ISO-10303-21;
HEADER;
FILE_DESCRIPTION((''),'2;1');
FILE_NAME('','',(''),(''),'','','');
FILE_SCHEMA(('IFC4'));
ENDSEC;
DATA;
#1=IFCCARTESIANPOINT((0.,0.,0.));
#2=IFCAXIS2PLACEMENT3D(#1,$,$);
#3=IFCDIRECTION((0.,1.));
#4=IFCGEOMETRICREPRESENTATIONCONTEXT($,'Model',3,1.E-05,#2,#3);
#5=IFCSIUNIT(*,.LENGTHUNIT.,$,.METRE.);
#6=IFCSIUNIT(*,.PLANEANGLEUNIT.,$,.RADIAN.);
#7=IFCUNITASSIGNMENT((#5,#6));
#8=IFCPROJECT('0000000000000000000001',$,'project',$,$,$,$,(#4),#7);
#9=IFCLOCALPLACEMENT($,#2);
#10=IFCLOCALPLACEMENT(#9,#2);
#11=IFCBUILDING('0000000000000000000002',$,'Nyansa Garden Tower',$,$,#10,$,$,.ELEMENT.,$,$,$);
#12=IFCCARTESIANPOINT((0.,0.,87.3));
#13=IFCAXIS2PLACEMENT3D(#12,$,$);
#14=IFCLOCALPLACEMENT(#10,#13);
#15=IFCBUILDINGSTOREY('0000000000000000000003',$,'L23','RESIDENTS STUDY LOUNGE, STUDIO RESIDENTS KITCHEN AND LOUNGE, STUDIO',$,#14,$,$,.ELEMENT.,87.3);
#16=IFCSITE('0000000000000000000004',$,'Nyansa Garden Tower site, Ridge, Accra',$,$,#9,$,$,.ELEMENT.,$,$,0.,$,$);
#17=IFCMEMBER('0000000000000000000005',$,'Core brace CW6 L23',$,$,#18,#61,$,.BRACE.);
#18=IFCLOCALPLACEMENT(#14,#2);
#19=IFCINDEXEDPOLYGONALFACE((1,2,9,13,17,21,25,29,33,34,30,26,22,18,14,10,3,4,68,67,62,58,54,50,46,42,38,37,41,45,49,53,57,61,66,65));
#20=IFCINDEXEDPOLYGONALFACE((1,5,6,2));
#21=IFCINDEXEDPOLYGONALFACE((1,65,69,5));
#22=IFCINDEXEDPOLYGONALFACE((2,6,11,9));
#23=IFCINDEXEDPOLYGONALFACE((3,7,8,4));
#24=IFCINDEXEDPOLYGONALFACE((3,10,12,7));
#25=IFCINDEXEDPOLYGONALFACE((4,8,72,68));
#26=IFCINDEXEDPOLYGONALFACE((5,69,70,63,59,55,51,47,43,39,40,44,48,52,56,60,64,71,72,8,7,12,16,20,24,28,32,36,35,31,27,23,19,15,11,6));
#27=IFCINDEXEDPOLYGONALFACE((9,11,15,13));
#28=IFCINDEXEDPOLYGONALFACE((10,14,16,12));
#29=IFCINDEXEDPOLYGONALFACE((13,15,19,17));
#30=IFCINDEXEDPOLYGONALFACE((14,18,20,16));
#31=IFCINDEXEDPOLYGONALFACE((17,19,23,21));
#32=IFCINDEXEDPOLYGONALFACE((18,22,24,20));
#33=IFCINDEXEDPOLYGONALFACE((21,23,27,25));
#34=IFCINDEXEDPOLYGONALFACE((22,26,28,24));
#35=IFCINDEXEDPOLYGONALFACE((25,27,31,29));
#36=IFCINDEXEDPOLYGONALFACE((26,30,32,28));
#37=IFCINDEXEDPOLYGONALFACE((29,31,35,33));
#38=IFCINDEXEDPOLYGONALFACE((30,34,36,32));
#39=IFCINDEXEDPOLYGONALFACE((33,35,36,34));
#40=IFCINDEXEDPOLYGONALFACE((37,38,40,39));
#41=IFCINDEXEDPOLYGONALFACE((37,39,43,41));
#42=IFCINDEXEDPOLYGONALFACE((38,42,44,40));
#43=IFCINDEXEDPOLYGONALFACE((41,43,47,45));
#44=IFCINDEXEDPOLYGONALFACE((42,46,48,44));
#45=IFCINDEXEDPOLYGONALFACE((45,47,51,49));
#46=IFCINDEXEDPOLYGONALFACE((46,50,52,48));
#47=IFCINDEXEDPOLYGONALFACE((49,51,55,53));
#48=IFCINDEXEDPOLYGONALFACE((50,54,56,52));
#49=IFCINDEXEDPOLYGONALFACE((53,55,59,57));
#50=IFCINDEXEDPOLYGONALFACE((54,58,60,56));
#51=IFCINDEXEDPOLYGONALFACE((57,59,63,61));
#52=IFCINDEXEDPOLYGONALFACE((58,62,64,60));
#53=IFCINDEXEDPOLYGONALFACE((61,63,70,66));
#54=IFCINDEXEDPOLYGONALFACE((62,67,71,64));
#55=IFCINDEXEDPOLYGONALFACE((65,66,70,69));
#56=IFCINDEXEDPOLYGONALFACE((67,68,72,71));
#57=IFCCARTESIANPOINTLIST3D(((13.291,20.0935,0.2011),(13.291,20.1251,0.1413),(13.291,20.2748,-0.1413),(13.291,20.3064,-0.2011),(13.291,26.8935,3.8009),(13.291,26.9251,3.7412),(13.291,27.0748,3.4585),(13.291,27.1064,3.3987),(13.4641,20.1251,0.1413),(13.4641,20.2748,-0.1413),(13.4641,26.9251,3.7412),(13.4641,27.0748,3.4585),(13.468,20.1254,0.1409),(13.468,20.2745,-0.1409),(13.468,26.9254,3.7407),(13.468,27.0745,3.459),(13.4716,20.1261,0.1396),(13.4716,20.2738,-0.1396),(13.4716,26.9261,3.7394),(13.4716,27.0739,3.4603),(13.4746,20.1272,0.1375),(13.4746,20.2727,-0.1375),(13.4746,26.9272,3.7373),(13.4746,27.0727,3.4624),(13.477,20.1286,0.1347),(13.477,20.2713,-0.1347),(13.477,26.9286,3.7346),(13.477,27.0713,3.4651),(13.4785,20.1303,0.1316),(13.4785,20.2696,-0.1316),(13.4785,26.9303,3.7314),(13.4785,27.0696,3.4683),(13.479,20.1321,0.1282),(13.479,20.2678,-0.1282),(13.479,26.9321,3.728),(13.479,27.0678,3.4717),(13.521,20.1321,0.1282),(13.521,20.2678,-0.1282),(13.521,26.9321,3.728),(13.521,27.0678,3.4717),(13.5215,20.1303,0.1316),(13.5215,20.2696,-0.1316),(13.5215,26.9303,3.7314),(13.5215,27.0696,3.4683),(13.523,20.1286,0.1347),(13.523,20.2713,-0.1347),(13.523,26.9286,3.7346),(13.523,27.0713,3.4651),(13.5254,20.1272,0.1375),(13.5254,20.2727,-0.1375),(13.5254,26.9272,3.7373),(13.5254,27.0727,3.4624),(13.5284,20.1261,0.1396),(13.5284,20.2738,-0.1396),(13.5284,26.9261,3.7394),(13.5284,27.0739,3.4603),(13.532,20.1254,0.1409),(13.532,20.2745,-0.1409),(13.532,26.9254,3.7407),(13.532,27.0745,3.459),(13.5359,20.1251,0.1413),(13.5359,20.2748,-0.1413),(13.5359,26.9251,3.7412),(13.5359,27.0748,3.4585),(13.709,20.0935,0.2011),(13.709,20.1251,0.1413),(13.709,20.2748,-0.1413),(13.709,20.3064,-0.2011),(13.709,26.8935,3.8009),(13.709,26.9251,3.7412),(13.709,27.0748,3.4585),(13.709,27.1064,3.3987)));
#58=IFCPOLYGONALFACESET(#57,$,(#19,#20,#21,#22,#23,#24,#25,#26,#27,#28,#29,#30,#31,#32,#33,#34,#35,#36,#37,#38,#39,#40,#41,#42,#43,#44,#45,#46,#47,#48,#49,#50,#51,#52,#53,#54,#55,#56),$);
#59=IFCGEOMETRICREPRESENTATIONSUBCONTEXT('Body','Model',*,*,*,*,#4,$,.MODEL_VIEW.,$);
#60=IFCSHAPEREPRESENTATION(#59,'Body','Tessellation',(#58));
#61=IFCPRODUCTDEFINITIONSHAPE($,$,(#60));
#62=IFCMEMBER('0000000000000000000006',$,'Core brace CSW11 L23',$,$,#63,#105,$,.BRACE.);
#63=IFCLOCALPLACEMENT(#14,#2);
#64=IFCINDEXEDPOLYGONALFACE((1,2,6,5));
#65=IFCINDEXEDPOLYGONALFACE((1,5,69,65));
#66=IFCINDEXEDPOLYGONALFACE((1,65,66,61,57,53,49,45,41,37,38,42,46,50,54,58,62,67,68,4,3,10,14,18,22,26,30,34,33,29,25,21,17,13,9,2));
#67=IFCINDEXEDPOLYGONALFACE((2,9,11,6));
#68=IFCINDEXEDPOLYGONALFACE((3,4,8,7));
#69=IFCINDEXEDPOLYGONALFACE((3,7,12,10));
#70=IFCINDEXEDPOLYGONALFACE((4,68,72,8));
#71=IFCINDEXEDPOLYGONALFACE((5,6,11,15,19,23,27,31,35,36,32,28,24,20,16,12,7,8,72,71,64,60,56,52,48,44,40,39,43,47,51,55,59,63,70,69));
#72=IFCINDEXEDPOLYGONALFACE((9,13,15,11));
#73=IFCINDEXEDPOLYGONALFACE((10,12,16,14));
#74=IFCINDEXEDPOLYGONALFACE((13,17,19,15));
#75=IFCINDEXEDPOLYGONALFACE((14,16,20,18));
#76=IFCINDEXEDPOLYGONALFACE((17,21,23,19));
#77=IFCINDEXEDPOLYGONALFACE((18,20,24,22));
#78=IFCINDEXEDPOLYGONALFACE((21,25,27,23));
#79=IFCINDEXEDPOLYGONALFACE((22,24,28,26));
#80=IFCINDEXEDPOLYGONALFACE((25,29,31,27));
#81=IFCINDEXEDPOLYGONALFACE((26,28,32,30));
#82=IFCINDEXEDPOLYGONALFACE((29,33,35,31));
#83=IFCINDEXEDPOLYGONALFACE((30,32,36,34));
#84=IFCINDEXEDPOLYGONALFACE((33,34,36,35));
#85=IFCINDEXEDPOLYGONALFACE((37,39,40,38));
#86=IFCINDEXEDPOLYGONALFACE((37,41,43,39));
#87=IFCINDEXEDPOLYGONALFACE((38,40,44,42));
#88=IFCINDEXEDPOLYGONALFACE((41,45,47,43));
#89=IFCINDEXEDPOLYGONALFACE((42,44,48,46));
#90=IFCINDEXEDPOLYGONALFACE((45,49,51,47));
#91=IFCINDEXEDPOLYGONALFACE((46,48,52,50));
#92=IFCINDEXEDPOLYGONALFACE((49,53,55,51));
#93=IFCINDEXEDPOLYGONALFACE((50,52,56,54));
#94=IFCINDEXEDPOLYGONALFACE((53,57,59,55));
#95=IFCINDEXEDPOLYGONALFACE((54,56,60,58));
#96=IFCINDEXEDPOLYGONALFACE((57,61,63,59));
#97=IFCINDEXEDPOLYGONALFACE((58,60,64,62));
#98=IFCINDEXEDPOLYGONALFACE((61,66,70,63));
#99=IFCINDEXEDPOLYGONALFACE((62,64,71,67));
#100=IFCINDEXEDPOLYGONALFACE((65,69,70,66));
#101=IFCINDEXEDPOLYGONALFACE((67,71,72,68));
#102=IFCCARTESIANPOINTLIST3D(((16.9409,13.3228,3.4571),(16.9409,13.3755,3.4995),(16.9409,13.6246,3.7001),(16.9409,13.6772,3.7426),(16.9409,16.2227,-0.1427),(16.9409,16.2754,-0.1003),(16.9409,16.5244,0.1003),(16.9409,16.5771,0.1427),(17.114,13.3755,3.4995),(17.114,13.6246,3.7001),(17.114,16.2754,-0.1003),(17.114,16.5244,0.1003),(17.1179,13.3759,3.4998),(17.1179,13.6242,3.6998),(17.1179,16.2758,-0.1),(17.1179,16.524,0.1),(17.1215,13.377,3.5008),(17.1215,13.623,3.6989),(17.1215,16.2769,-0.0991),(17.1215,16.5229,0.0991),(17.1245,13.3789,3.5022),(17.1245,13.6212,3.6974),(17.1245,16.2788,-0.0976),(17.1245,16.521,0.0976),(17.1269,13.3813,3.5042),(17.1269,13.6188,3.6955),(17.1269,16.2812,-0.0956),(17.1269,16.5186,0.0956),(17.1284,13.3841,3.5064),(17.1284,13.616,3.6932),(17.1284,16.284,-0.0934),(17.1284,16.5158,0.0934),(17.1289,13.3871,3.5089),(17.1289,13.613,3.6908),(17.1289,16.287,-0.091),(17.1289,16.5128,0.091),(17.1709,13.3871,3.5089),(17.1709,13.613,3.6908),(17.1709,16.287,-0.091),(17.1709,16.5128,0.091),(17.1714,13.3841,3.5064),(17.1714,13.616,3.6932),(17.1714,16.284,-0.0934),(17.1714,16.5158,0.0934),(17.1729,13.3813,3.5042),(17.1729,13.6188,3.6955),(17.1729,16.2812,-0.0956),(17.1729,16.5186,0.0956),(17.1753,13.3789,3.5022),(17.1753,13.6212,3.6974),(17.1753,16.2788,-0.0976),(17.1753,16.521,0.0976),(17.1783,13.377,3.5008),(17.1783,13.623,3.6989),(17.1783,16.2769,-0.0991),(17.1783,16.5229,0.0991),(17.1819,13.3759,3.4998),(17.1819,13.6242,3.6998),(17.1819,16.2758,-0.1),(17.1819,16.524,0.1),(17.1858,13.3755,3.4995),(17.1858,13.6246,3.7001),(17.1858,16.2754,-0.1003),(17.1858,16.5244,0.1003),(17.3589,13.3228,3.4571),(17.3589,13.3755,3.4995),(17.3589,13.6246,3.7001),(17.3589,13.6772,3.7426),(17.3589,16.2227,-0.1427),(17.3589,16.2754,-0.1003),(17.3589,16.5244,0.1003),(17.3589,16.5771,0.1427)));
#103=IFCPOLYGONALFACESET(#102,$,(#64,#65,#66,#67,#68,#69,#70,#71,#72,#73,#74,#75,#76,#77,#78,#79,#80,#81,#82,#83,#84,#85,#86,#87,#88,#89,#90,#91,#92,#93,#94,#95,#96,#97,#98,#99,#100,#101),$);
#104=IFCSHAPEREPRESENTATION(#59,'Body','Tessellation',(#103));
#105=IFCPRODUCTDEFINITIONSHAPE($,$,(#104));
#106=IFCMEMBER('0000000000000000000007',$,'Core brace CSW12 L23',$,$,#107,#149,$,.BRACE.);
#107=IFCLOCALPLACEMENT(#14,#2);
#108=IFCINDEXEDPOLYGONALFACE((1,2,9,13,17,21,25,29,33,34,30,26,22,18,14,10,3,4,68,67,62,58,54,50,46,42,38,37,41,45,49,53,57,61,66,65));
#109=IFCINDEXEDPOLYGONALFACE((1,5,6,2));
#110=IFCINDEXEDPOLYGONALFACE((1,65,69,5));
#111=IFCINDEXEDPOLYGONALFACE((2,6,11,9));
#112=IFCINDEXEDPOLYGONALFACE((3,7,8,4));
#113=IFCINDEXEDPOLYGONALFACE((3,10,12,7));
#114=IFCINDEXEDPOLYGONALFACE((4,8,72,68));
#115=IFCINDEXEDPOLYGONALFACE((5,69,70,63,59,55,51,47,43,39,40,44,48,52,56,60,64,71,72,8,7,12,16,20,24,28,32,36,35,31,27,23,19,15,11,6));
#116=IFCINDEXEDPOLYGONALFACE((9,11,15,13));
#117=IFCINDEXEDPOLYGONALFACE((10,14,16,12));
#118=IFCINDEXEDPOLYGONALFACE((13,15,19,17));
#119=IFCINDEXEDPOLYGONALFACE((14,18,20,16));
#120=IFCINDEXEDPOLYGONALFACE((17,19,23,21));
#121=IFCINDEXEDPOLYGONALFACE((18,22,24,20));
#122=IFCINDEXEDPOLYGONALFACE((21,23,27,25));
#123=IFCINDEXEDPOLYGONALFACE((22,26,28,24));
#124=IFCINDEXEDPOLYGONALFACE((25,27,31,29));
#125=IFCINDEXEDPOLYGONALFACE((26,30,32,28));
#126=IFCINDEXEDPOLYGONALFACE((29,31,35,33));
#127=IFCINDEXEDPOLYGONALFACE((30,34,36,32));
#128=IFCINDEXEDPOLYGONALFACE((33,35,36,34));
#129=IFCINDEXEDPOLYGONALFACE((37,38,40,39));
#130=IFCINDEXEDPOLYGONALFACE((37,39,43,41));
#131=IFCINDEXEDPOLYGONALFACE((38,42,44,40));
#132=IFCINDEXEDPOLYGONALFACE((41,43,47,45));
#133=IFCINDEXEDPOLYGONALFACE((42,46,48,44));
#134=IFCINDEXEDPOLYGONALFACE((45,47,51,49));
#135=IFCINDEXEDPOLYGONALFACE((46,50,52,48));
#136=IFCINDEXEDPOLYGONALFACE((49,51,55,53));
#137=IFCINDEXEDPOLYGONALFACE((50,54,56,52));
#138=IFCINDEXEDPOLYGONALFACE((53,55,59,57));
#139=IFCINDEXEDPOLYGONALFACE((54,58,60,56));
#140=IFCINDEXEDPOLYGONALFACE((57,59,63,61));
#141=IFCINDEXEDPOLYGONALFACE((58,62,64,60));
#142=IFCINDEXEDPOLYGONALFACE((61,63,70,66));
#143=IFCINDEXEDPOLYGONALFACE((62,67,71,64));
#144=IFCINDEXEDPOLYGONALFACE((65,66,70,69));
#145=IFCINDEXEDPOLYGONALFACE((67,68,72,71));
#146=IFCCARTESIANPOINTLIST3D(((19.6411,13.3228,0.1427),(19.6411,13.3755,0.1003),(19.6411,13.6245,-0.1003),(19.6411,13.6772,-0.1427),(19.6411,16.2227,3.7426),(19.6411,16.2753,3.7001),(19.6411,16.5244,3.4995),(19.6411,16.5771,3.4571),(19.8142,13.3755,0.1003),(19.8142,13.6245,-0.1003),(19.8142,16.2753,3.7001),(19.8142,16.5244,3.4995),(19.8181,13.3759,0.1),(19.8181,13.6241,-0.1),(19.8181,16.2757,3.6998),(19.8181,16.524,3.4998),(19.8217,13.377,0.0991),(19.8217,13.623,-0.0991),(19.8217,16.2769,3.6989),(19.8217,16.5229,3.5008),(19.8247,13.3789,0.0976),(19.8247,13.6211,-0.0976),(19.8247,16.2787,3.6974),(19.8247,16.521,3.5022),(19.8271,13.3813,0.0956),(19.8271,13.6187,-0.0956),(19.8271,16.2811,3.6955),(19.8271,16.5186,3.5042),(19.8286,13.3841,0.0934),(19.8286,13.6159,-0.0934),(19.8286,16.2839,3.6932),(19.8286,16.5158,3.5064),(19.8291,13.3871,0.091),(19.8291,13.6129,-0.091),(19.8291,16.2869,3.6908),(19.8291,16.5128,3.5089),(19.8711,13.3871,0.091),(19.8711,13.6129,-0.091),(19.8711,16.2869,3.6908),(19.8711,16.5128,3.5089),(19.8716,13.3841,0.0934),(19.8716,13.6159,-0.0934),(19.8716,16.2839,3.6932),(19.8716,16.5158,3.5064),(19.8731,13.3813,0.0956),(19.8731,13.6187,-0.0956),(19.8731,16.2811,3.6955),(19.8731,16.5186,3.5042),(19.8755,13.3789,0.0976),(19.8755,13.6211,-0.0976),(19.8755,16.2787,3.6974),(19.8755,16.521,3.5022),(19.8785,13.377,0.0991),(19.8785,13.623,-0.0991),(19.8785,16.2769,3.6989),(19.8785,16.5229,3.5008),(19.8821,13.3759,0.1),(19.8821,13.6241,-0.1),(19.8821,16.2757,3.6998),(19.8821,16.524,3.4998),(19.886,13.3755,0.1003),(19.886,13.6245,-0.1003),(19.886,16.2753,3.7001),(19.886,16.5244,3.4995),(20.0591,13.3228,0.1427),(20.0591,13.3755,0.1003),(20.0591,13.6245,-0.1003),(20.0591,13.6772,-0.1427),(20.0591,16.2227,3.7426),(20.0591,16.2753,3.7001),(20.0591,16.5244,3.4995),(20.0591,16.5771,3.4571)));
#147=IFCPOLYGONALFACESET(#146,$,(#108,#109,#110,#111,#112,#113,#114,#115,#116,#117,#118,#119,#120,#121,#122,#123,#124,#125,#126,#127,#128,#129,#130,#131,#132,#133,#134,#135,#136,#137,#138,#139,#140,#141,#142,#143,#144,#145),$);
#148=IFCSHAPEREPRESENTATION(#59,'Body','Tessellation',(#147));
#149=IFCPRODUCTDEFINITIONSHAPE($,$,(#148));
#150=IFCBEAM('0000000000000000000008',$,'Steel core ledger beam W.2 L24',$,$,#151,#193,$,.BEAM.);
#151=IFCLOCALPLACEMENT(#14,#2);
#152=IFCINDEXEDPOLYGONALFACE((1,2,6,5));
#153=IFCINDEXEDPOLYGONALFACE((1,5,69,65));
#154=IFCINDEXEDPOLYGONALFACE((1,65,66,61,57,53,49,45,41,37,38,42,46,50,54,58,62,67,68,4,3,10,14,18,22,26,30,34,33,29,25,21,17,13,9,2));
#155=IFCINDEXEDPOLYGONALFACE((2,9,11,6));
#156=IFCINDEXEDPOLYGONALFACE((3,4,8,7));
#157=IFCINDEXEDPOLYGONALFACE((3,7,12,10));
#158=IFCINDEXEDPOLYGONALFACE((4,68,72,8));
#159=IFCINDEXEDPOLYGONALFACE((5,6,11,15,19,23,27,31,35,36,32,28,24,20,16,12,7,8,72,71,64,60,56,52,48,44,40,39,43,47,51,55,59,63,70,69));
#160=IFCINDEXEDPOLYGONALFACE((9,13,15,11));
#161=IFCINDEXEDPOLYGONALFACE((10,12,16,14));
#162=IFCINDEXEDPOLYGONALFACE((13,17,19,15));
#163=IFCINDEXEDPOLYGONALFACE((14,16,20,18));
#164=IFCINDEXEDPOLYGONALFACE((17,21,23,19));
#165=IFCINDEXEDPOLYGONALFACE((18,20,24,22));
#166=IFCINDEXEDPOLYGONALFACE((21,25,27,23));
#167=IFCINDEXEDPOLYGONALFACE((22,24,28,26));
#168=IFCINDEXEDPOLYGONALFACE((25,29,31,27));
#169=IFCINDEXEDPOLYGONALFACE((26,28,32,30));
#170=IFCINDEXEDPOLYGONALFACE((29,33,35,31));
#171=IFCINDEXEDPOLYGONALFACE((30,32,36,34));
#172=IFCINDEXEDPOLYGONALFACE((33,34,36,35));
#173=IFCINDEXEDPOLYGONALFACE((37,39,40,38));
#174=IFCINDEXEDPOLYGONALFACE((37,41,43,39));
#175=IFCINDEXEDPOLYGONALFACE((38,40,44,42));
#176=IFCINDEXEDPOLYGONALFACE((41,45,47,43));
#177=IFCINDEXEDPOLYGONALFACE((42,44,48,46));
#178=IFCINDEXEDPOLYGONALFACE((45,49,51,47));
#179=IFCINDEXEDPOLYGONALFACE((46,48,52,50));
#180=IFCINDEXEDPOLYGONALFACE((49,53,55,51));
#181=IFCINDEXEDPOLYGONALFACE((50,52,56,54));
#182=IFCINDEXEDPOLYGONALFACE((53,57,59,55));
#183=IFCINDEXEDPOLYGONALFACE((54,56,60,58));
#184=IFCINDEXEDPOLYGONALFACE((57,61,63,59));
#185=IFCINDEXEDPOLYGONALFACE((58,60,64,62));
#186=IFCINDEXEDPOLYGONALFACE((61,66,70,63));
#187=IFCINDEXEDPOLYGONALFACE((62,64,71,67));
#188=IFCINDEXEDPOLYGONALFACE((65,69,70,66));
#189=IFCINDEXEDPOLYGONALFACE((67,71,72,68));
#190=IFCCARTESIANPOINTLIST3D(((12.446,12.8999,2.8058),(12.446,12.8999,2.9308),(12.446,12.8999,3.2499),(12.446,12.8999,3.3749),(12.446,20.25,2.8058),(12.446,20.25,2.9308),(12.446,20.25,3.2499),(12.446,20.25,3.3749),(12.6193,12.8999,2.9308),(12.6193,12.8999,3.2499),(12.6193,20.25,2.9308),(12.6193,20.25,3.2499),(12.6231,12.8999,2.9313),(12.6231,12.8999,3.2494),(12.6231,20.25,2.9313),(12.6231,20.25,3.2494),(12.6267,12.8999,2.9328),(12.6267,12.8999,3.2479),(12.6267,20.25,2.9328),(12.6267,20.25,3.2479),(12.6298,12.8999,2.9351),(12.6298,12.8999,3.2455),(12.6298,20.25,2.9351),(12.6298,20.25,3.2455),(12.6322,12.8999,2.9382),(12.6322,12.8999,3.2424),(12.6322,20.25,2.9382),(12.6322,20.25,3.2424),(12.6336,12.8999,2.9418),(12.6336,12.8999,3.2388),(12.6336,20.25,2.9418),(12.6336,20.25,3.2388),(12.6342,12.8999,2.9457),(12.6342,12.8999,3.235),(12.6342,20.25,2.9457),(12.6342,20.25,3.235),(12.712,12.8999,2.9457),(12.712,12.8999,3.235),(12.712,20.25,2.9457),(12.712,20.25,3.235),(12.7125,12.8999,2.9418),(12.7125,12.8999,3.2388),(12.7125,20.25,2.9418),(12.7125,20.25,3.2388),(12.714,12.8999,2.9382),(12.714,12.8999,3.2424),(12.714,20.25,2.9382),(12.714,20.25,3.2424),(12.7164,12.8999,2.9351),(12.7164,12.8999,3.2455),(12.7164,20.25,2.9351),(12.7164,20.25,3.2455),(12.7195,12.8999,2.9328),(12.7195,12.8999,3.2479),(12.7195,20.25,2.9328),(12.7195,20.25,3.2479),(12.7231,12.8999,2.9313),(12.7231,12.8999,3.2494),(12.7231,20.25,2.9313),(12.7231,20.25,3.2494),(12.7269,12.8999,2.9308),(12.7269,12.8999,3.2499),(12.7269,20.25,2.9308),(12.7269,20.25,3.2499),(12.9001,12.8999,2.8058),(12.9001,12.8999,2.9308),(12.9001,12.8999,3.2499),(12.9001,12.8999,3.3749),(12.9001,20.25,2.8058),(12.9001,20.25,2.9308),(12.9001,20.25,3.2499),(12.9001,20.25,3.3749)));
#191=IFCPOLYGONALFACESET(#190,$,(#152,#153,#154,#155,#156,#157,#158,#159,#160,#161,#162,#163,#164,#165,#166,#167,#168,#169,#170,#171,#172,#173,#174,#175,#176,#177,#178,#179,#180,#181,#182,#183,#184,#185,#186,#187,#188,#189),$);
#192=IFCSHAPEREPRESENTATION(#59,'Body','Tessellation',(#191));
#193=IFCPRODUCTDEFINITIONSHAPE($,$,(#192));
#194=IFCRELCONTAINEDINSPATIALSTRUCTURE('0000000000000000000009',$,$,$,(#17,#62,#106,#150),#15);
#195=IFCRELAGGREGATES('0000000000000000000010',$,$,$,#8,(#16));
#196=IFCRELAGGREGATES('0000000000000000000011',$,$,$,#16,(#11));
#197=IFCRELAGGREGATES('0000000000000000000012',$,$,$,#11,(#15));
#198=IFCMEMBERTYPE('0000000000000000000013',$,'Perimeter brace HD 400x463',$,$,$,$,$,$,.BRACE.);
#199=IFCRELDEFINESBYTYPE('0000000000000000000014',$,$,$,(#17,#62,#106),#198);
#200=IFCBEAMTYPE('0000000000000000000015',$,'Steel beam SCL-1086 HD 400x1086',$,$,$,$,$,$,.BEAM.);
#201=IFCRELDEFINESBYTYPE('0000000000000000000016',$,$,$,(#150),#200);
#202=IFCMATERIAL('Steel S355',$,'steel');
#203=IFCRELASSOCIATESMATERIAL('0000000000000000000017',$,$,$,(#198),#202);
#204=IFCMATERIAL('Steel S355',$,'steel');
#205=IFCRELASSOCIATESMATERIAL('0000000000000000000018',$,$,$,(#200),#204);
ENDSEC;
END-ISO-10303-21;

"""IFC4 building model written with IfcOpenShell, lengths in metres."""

from ifc_helpers import new_model, si_unit, direction, frame, origin, origin_2d, place, context, subcontext, project, spatial, i_section, extrude, material, material_profile, profile_set, type_object, element, save


model = new_model("IFC4")

# Units and contexts
model_context = context("Model", 3, precision=1e-05, world=origin(), true_north=direction((0.0, 1.0)))
body_context = subcontext(model_context, "Body", "Model", "MODEL_VIEW")
ifc_project = project(units=[si_unit("LENGTHUNIT", "METRE"), si_unit("PLANEANGLEUNIT", "RADIAN")], contexts=[model_context])

# Site, building, storey
site_placement = place(None, origin())
site = spatial("IfcSite", under=ifc_project, at=site_placement, Name="Nyansa Garden Tower site, Ridge, Accra", CompositionType="ELEMENT", RefElevation=0.0)
building_placement = place(site_placement, origin())
building = spatial("IfcBuilding", under=site, at=building_placement, Name="Nyansa Garden Tower", CompositionType="ELEMENT")
storey_placement = place(building_placement, frame((0.0, 0.0, 87.3)))
storey = spatial("IfcBuildingStorey", under=building, at=storey_placement, Name="L23", Description="RESIDENTS STUDY LOUNGE, STUDIO RESIDENTS KITCHEN AND LOUNGE, STUDIO", CompositionType="ELEMENT", Elevation=87.3)

# Members
ifc_material_1 = material(Name="Steel S355", Category="steel")
ifc_material_profile_1 = material_profile(ifc_material_1, i_section(OverallWidth=0.418, OverallDepth=0.4551, WebThickness=0.042, FlangeThickness=0.0676, FilletRadius=0.0149, at=origin_2d()), Name="HD 400x463")
ifc_profile_set_1 = profile_set([ifc_material_profile_1], Name="Steel S355")
member_type = type_object("IfcMemberType", Name="Perimeter brace HD 400x463", PredefinedType="BRACE", material=ifc_profile_set_1)
member_1_placement = place(storey_placement, frame((13.5, 20.2, 0.0), z_axis=(0.0, 0.883797, 0.46787), x_axis=(-1.0, 0.0, 0.0)))
element("IfcMember", 1, at=member_1_placement, inside=storey, type_object=member_type, Name="Core brace CW6 L23", PredefinedType="BRACE", context=body_context, shape_type="SweptSolid", body=[
    extrude(i_section(OverallWidth=0.418, OverallDepth=0.4551, WebThickness=0.042, FlangeThickness=0.0676, FilletRadius=0.0149, at=origin_2d()), origin(), (0.0, 0.0, 1.0), 7.6941),
])
for number, where, z_axis, x_axis, name in (
    (2, (17.1499, 16.3999, 0.0), (0.0, -0.627332, 0.778752), (1.0, 0.0, 0.0), "Core brace CSW11 L23"),
    (3, (19.8501, 13.5, 0.0), (0.0, 0.627332, 0.778752), (-1.0, 0.0, 0.0), "Core brace CSW12 L23"),
):
    element("IfcMember", number, at=place(storey_placement, frame(where, z_axis=z_axis, x_axis=x_axis)), inside=storey, type_object=member_type, Name=name, PredefinedType="BRACE", context=body_context, shape_type="SweptSolid", body=[
        extrude(i_section(OverallWidth=0.418, OverallDepth=0.4551, WebThickness=0.042, FlangeThickness=0.0676, FilletRadius=0.0149, at=origin_2d()), origin(), (0.0, 0.0, 1.0), 4.6226),
    ])

# Beam
ifc_material_2 = material(Name="Steel S355", Category="steel")
ifc_material_profile_2 = material_profile(ifc_material_2, i_section(OverallWidth=0.4541, OverallDepth=0.5691, WebThickness=0.0779, FlangeThickness=0.125, FilletRadius=0.0149, at=origin_2d()), Name="HD 400x1086")
ifc_profile_set_2 = profile_set([ifc_material_profile_2], Name="Steel S355")
beam_type = type_object("IfcBeamType", Name="Steel beam SCL-1086 HD 400x1086", PredefinedType="BEAM", material=ifc_profile_set_2)
beam_placement = place(storey_placement, frame((12.6731, 20.25, 3.0903), z_axis=(0.0, -1.0, 0.0), x_axis=(1.0, 0.0, 0.0)))
element("IfcBeam", 4, at=beam_placement, inside=storey, type_object=beam_type, Name="Steel core ledger beam W.2 L24", PredefinedType="BEAM", context=body_context, shape_type="SweptSolid", body=[
    extrude(i_section(OverallWidth=0.4541, OverallDepth=0.5691, WebThickness=0.0779, FlangeThickness=0.125, FilletRadius=0.0149, at=origin_2d()), origin(), (0.0, 0.0, 1.0), 7.3501),
])

save(model, "model.ifc")
